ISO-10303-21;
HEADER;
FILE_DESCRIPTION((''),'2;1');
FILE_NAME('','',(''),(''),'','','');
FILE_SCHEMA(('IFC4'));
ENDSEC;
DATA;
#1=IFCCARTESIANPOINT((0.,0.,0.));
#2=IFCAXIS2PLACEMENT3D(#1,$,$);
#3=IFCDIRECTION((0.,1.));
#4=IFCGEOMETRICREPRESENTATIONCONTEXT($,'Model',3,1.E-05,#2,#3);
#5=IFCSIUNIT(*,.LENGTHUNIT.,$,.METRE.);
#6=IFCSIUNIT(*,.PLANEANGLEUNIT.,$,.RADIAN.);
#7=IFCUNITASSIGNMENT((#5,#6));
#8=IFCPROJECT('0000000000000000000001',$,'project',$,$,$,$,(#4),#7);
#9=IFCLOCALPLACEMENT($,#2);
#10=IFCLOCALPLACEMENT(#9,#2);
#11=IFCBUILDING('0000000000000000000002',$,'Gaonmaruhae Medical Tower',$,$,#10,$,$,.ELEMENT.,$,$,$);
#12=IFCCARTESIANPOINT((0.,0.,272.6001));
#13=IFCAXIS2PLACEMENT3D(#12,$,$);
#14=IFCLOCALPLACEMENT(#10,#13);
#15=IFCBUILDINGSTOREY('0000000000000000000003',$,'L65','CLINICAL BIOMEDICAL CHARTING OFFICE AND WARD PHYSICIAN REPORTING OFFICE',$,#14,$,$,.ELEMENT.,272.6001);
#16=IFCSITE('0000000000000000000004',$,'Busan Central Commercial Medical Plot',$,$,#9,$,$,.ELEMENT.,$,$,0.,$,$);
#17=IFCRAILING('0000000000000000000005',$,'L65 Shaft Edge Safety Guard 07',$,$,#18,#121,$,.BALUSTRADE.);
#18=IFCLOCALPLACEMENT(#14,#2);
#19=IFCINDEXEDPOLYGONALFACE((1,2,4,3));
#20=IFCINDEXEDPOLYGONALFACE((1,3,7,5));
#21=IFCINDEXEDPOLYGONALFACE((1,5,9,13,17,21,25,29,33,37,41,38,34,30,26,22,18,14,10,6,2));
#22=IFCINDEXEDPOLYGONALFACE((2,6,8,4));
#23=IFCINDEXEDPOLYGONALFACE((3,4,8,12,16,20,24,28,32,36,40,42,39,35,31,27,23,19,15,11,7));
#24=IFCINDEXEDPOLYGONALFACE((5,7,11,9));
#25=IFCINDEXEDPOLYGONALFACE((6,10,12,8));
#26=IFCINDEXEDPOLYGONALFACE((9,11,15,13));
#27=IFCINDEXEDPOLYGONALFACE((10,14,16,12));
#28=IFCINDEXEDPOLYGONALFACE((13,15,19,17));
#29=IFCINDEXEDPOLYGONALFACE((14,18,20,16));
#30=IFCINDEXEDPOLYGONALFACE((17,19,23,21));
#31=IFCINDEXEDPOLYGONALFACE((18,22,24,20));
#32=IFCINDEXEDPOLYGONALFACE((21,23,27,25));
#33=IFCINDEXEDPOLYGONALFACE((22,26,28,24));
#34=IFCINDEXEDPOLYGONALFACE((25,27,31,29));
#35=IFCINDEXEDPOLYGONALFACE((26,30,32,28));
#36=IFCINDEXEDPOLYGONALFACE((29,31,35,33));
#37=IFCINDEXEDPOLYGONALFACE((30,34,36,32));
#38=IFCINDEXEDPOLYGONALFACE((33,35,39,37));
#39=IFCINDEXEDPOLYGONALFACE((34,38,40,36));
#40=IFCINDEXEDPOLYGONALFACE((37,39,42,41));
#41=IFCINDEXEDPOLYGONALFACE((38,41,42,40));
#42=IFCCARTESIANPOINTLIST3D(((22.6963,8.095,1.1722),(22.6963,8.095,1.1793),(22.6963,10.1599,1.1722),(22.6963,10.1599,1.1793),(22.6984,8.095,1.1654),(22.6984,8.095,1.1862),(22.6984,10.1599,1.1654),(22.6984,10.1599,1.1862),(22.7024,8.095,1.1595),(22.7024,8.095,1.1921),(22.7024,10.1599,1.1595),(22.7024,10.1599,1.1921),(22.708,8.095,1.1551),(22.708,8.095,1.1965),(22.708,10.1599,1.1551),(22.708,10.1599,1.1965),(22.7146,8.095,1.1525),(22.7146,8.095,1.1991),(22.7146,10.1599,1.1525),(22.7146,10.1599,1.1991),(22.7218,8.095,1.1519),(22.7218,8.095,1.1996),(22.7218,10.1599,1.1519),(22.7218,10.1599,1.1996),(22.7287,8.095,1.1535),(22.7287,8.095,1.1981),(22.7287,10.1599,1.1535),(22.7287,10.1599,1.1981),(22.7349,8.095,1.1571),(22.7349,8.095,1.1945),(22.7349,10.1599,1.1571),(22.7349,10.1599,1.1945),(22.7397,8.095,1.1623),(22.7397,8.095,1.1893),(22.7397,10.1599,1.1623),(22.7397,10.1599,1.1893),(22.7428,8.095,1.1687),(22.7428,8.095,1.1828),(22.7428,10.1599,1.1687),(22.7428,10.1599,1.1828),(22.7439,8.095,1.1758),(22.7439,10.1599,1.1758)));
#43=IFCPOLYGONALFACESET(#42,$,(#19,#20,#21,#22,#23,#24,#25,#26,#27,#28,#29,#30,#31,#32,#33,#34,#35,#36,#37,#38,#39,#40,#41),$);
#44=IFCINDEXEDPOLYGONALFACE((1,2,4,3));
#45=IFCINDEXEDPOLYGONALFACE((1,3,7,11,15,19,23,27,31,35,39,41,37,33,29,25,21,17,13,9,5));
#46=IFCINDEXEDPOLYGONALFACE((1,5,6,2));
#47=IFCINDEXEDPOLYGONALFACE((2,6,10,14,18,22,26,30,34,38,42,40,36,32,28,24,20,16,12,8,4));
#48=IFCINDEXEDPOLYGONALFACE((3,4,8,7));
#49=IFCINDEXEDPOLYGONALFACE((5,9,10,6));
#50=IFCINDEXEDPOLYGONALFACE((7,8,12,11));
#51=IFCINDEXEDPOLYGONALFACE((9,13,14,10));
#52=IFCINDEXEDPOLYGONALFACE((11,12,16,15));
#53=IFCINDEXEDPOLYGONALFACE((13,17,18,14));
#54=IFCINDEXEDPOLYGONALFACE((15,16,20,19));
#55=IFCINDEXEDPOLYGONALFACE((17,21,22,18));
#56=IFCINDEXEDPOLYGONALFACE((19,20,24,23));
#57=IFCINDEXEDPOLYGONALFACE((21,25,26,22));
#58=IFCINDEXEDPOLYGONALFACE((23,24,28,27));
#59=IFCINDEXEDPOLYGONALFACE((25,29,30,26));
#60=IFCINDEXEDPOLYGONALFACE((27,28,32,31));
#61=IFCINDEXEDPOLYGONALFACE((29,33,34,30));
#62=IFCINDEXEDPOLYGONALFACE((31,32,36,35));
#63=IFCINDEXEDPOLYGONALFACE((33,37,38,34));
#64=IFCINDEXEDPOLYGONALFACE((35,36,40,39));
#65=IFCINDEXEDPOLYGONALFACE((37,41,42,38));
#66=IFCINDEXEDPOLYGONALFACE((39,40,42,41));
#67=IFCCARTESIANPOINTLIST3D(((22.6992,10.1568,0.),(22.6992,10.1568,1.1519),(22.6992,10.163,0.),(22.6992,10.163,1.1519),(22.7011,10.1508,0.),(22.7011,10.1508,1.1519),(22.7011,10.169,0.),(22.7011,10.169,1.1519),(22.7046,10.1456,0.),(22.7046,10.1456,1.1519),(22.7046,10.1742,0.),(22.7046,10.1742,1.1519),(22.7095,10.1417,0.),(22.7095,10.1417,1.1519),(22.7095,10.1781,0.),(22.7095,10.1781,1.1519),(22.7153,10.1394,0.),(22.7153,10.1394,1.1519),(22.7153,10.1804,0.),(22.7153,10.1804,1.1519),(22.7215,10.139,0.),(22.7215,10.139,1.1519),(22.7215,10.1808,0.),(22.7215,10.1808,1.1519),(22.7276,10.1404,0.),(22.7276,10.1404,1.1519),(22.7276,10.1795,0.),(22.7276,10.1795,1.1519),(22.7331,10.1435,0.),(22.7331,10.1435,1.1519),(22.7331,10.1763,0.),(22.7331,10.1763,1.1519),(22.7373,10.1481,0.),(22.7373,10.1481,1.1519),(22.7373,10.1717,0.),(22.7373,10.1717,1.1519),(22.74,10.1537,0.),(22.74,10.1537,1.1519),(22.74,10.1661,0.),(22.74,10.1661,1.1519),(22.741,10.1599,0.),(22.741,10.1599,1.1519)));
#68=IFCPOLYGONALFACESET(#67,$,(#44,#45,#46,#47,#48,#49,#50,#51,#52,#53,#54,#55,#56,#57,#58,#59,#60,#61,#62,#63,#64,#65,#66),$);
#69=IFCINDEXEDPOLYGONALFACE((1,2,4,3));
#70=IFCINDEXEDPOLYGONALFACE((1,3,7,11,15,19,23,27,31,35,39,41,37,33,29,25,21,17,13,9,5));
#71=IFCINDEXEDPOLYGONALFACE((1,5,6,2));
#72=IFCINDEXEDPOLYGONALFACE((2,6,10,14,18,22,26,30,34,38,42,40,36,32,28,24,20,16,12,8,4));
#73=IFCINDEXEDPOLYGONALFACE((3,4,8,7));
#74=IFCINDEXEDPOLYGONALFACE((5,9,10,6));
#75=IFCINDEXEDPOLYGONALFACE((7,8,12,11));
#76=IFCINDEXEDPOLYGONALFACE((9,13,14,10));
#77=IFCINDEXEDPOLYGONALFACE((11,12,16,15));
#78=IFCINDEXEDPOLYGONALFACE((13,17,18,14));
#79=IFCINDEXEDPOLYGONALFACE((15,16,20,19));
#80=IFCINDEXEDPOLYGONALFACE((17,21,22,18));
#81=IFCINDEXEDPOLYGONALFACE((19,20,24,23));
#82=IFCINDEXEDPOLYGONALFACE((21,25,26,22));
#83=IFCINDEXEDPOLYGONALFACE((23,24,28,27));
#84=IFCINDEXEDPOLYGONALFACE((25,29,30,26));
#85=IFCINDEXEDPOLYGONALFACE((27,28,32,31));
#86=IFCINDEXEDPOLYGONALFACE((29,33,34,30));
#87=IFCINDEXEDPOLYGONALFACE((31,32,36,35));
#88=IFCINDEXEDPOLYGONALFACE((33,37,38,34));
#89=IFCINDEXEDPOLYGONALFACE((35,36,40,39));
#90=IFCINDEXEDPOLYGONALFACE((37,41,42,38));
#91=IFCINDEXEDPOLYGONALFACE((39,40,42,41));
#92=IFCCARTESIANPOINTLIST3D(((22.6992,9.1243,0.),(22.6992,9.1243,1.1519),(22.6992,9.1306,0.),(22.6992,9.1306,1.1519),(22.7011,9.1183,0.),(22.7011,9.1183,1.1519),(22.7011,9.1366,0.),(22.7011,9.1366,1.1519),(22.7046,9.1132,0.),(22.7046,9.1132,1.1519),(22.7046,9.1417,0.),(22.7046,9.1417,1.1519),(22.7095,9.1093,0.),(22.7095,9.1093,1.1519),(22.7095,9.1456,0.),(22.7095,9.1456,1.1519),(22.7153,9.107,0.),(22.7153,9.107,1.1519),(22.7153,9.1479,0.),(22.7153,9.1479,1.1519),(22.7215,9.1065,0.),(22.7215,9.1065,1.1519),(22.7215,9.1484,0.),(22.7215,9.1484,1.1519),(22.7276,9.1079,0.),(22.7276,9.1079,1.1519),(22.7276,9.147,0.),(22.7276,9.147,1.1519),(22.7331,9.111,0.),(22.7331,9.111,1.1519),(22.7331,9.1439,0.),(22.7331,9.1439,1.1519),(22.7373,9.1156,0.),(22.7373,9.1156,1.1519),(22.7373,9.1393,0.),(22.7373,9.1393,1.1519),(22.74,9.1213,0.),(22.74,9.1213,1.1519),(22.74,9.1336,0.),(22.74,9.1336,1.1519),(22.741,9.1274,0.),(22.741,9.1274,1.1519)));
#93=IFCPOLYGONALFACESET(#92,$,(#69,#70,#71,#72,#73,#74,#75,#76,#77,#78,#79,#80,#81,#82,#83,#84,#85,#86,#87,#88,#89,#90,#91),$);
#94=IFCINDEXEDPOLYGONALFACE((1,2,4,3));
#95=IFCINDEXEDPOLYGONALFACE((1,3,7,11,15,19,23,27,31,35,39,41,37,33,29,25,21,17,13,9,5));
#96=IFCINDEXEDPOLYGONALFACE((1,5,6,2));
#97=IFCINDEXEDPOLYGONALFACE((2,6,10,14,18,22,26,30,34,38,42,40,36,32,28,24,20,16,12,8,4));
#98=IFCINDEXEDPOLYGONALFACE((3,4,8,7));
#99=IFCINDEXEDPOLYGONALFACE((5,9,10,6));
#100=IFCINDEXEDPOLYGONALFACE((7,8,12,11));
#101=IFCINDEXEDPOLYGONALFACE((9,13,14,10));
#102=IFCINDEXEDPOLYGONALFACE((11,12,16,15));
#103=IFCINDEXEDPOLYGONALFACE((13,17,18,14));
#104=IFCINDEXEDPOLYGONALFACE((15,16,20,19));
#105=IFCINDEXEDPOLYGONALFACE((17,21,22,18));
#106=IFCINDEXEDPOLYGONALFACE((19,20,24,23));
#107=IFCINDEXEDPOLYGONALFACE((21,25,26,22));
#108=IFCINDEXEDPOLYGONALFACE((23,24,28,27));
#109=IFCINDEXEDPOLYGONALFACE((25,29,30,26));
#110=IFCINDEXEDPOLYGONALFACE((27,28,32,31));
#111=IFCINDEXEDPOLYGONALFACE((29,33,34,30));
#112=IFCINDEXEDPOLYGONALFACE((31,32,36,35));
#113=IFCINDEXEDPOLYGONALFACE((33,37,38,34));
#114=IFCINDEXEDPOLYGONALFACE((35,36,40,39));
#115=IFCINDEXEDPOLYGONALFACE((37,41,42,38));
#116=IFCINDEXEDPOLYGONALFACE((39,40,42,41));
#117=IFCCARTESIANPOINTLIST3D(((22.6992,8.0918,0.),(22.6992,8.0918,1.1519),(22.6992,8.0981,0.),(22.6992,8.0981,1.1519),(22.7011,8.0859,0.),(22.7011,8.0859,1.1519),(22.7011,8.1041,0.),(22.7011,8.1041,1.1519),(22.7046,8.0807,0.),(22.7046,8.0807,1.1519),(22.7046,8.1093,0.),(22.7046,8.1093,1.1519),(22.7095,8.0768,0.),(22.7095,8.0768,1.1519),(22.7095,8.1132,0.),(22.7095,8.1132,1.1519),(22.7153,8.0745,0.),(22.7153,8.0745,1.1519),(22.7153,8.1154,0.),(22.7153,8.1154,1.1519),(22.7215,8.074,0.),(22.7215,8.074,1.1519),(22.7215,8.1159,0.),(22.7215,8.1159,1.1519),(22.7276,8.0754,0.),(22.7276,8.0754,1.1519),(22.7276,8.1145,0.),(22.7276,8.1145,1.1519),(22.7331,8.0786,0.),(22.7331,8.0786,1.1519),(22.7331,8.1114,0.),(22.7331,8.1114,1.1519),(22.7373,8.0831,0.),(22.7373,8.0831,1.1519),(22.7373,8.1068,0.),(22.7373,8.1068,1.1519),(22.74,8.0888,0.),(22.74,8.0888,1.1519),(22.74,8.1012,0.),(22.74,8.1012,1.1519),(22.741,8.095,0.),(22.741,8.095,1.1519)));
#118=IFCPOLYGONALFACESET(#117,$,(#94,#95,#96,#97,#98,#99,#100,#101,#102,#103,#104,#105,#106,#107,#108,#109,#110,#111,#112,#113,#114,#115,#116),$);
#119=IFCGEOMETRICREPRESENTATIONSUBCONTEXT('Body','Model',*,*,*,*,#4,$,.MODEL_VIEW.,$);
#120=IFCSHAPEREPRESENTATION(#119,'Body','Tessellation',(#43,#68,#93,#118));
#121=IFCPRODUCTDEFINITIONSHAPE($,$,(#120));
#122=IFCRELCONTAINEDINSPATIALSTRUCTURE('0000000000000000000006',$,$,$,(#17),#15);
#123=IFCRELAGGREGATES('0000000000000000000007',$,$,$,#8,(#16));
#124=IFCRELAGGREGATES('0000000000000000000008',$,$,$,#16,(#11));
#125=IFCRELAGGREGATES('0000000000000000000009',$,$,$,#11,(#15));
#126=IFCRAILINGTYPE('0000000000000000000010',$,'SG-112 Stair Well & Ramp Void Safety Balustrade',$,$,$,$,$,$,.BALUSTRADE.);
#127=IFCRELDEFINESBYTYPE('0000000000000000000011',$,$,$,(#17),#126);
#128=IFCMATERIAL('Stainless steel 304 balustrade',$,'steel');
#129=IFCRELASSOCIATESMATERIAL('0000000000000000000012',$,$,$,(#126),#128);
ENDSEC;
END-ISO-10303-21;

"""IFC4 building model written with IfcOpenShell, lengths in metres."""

from ifc_helpers import new_model, si_unit, direction, frame, origin, origin_2d, place, context, subcontext, project, spatial, circle, extrude, material, type_object, element, save


model = new_model("IFC4")

# Units and contexts
model_context = context("Model", 3, precision=1e-05, world=origin(), true_north=direction((0.0, 1.0)))
body_context = subcontext(model_context, "Body", "Model", "MODEL_VIEW")
ifc_project = project(units=[si_unit("LENGTHUNIT", "METRE"), si_unit("PLANEANGLEUNIT", "RADIAN")], contexts=[model_context])

# Site, building, storey
site_placement = place(None, origin())
site = spatial("IfcSite", under=ifc_project, at=site_placement, Name="Busan Central Commercial Medical Plot", CompositionType="ELEMENT", RefElevation=0.0)
building_placement = place(site_placement, origin())
building = spatial("IfcBuilding", under=site, at=building_placement, Name="Gaonmaruhae Medical Tower", CompositionType="ELEMENT")
storey_placement = place(building_placement, frame((0.0, 0.0, 272.6001)))
storey = spatial("IfcBuildingStorey", under=building, at=storey_placement, Name="L65", Description="CLINICAL BIOMEDICAL CHARTING OFFICE AND WARD PHYSICIAN REPORTING OFFICE", CompositionType="ELEMENT", Elevation=272.6001)

# Railing
ifc_material_1 = material(Name="Stainless steel 304 balustrade", Category="steel")
railing_type_1 = type_object("IfcRailingType", Name="SG-112 Stair Well & Ramp Void Safety Balustrade", PredefinedType="BALUSTRADE", material=ifc_material_1)
railing_1_placement = place(storey_placement, frame((22.72, 10.1599, 0.0)))
element("IfcRailing", 1, at=railing_1_placement, inside=storey, type_object=railing_type_1, Name="L65 Shaft Edge Safety Guard 07", PredefinedType="BALUSTRADE", context=body_context, shape_type="SweptSolid", body=[
    extrude(circle(Radius=0.0239, at=origin_2d()), frame((0.0, 0.0, 1.1758), z_axis=(0.0, -1.0, 0.0), x_axis=(1.0, 0.0, 0.0)), (0.0, 0.0, 1.0), 2.0649),
    extrude(circle(Radius=0.021, at=origin_2d()), origin(), (0.0, 0.0, 1.0), 1.1519),
    extrude(circle(Radius=0.021, at=origin_2d()), frame((0.0, -1.0325, 0.0)), (0.0, 0.0, 1.0), 1.1519),
    extrude(circle(Radius=0.021, at=origin_2d()), frame((0.0, -2.0649, 0.0)), (0.0, 0.0, 1.0), 1.1519),
])

save(model, "model.ifc")
